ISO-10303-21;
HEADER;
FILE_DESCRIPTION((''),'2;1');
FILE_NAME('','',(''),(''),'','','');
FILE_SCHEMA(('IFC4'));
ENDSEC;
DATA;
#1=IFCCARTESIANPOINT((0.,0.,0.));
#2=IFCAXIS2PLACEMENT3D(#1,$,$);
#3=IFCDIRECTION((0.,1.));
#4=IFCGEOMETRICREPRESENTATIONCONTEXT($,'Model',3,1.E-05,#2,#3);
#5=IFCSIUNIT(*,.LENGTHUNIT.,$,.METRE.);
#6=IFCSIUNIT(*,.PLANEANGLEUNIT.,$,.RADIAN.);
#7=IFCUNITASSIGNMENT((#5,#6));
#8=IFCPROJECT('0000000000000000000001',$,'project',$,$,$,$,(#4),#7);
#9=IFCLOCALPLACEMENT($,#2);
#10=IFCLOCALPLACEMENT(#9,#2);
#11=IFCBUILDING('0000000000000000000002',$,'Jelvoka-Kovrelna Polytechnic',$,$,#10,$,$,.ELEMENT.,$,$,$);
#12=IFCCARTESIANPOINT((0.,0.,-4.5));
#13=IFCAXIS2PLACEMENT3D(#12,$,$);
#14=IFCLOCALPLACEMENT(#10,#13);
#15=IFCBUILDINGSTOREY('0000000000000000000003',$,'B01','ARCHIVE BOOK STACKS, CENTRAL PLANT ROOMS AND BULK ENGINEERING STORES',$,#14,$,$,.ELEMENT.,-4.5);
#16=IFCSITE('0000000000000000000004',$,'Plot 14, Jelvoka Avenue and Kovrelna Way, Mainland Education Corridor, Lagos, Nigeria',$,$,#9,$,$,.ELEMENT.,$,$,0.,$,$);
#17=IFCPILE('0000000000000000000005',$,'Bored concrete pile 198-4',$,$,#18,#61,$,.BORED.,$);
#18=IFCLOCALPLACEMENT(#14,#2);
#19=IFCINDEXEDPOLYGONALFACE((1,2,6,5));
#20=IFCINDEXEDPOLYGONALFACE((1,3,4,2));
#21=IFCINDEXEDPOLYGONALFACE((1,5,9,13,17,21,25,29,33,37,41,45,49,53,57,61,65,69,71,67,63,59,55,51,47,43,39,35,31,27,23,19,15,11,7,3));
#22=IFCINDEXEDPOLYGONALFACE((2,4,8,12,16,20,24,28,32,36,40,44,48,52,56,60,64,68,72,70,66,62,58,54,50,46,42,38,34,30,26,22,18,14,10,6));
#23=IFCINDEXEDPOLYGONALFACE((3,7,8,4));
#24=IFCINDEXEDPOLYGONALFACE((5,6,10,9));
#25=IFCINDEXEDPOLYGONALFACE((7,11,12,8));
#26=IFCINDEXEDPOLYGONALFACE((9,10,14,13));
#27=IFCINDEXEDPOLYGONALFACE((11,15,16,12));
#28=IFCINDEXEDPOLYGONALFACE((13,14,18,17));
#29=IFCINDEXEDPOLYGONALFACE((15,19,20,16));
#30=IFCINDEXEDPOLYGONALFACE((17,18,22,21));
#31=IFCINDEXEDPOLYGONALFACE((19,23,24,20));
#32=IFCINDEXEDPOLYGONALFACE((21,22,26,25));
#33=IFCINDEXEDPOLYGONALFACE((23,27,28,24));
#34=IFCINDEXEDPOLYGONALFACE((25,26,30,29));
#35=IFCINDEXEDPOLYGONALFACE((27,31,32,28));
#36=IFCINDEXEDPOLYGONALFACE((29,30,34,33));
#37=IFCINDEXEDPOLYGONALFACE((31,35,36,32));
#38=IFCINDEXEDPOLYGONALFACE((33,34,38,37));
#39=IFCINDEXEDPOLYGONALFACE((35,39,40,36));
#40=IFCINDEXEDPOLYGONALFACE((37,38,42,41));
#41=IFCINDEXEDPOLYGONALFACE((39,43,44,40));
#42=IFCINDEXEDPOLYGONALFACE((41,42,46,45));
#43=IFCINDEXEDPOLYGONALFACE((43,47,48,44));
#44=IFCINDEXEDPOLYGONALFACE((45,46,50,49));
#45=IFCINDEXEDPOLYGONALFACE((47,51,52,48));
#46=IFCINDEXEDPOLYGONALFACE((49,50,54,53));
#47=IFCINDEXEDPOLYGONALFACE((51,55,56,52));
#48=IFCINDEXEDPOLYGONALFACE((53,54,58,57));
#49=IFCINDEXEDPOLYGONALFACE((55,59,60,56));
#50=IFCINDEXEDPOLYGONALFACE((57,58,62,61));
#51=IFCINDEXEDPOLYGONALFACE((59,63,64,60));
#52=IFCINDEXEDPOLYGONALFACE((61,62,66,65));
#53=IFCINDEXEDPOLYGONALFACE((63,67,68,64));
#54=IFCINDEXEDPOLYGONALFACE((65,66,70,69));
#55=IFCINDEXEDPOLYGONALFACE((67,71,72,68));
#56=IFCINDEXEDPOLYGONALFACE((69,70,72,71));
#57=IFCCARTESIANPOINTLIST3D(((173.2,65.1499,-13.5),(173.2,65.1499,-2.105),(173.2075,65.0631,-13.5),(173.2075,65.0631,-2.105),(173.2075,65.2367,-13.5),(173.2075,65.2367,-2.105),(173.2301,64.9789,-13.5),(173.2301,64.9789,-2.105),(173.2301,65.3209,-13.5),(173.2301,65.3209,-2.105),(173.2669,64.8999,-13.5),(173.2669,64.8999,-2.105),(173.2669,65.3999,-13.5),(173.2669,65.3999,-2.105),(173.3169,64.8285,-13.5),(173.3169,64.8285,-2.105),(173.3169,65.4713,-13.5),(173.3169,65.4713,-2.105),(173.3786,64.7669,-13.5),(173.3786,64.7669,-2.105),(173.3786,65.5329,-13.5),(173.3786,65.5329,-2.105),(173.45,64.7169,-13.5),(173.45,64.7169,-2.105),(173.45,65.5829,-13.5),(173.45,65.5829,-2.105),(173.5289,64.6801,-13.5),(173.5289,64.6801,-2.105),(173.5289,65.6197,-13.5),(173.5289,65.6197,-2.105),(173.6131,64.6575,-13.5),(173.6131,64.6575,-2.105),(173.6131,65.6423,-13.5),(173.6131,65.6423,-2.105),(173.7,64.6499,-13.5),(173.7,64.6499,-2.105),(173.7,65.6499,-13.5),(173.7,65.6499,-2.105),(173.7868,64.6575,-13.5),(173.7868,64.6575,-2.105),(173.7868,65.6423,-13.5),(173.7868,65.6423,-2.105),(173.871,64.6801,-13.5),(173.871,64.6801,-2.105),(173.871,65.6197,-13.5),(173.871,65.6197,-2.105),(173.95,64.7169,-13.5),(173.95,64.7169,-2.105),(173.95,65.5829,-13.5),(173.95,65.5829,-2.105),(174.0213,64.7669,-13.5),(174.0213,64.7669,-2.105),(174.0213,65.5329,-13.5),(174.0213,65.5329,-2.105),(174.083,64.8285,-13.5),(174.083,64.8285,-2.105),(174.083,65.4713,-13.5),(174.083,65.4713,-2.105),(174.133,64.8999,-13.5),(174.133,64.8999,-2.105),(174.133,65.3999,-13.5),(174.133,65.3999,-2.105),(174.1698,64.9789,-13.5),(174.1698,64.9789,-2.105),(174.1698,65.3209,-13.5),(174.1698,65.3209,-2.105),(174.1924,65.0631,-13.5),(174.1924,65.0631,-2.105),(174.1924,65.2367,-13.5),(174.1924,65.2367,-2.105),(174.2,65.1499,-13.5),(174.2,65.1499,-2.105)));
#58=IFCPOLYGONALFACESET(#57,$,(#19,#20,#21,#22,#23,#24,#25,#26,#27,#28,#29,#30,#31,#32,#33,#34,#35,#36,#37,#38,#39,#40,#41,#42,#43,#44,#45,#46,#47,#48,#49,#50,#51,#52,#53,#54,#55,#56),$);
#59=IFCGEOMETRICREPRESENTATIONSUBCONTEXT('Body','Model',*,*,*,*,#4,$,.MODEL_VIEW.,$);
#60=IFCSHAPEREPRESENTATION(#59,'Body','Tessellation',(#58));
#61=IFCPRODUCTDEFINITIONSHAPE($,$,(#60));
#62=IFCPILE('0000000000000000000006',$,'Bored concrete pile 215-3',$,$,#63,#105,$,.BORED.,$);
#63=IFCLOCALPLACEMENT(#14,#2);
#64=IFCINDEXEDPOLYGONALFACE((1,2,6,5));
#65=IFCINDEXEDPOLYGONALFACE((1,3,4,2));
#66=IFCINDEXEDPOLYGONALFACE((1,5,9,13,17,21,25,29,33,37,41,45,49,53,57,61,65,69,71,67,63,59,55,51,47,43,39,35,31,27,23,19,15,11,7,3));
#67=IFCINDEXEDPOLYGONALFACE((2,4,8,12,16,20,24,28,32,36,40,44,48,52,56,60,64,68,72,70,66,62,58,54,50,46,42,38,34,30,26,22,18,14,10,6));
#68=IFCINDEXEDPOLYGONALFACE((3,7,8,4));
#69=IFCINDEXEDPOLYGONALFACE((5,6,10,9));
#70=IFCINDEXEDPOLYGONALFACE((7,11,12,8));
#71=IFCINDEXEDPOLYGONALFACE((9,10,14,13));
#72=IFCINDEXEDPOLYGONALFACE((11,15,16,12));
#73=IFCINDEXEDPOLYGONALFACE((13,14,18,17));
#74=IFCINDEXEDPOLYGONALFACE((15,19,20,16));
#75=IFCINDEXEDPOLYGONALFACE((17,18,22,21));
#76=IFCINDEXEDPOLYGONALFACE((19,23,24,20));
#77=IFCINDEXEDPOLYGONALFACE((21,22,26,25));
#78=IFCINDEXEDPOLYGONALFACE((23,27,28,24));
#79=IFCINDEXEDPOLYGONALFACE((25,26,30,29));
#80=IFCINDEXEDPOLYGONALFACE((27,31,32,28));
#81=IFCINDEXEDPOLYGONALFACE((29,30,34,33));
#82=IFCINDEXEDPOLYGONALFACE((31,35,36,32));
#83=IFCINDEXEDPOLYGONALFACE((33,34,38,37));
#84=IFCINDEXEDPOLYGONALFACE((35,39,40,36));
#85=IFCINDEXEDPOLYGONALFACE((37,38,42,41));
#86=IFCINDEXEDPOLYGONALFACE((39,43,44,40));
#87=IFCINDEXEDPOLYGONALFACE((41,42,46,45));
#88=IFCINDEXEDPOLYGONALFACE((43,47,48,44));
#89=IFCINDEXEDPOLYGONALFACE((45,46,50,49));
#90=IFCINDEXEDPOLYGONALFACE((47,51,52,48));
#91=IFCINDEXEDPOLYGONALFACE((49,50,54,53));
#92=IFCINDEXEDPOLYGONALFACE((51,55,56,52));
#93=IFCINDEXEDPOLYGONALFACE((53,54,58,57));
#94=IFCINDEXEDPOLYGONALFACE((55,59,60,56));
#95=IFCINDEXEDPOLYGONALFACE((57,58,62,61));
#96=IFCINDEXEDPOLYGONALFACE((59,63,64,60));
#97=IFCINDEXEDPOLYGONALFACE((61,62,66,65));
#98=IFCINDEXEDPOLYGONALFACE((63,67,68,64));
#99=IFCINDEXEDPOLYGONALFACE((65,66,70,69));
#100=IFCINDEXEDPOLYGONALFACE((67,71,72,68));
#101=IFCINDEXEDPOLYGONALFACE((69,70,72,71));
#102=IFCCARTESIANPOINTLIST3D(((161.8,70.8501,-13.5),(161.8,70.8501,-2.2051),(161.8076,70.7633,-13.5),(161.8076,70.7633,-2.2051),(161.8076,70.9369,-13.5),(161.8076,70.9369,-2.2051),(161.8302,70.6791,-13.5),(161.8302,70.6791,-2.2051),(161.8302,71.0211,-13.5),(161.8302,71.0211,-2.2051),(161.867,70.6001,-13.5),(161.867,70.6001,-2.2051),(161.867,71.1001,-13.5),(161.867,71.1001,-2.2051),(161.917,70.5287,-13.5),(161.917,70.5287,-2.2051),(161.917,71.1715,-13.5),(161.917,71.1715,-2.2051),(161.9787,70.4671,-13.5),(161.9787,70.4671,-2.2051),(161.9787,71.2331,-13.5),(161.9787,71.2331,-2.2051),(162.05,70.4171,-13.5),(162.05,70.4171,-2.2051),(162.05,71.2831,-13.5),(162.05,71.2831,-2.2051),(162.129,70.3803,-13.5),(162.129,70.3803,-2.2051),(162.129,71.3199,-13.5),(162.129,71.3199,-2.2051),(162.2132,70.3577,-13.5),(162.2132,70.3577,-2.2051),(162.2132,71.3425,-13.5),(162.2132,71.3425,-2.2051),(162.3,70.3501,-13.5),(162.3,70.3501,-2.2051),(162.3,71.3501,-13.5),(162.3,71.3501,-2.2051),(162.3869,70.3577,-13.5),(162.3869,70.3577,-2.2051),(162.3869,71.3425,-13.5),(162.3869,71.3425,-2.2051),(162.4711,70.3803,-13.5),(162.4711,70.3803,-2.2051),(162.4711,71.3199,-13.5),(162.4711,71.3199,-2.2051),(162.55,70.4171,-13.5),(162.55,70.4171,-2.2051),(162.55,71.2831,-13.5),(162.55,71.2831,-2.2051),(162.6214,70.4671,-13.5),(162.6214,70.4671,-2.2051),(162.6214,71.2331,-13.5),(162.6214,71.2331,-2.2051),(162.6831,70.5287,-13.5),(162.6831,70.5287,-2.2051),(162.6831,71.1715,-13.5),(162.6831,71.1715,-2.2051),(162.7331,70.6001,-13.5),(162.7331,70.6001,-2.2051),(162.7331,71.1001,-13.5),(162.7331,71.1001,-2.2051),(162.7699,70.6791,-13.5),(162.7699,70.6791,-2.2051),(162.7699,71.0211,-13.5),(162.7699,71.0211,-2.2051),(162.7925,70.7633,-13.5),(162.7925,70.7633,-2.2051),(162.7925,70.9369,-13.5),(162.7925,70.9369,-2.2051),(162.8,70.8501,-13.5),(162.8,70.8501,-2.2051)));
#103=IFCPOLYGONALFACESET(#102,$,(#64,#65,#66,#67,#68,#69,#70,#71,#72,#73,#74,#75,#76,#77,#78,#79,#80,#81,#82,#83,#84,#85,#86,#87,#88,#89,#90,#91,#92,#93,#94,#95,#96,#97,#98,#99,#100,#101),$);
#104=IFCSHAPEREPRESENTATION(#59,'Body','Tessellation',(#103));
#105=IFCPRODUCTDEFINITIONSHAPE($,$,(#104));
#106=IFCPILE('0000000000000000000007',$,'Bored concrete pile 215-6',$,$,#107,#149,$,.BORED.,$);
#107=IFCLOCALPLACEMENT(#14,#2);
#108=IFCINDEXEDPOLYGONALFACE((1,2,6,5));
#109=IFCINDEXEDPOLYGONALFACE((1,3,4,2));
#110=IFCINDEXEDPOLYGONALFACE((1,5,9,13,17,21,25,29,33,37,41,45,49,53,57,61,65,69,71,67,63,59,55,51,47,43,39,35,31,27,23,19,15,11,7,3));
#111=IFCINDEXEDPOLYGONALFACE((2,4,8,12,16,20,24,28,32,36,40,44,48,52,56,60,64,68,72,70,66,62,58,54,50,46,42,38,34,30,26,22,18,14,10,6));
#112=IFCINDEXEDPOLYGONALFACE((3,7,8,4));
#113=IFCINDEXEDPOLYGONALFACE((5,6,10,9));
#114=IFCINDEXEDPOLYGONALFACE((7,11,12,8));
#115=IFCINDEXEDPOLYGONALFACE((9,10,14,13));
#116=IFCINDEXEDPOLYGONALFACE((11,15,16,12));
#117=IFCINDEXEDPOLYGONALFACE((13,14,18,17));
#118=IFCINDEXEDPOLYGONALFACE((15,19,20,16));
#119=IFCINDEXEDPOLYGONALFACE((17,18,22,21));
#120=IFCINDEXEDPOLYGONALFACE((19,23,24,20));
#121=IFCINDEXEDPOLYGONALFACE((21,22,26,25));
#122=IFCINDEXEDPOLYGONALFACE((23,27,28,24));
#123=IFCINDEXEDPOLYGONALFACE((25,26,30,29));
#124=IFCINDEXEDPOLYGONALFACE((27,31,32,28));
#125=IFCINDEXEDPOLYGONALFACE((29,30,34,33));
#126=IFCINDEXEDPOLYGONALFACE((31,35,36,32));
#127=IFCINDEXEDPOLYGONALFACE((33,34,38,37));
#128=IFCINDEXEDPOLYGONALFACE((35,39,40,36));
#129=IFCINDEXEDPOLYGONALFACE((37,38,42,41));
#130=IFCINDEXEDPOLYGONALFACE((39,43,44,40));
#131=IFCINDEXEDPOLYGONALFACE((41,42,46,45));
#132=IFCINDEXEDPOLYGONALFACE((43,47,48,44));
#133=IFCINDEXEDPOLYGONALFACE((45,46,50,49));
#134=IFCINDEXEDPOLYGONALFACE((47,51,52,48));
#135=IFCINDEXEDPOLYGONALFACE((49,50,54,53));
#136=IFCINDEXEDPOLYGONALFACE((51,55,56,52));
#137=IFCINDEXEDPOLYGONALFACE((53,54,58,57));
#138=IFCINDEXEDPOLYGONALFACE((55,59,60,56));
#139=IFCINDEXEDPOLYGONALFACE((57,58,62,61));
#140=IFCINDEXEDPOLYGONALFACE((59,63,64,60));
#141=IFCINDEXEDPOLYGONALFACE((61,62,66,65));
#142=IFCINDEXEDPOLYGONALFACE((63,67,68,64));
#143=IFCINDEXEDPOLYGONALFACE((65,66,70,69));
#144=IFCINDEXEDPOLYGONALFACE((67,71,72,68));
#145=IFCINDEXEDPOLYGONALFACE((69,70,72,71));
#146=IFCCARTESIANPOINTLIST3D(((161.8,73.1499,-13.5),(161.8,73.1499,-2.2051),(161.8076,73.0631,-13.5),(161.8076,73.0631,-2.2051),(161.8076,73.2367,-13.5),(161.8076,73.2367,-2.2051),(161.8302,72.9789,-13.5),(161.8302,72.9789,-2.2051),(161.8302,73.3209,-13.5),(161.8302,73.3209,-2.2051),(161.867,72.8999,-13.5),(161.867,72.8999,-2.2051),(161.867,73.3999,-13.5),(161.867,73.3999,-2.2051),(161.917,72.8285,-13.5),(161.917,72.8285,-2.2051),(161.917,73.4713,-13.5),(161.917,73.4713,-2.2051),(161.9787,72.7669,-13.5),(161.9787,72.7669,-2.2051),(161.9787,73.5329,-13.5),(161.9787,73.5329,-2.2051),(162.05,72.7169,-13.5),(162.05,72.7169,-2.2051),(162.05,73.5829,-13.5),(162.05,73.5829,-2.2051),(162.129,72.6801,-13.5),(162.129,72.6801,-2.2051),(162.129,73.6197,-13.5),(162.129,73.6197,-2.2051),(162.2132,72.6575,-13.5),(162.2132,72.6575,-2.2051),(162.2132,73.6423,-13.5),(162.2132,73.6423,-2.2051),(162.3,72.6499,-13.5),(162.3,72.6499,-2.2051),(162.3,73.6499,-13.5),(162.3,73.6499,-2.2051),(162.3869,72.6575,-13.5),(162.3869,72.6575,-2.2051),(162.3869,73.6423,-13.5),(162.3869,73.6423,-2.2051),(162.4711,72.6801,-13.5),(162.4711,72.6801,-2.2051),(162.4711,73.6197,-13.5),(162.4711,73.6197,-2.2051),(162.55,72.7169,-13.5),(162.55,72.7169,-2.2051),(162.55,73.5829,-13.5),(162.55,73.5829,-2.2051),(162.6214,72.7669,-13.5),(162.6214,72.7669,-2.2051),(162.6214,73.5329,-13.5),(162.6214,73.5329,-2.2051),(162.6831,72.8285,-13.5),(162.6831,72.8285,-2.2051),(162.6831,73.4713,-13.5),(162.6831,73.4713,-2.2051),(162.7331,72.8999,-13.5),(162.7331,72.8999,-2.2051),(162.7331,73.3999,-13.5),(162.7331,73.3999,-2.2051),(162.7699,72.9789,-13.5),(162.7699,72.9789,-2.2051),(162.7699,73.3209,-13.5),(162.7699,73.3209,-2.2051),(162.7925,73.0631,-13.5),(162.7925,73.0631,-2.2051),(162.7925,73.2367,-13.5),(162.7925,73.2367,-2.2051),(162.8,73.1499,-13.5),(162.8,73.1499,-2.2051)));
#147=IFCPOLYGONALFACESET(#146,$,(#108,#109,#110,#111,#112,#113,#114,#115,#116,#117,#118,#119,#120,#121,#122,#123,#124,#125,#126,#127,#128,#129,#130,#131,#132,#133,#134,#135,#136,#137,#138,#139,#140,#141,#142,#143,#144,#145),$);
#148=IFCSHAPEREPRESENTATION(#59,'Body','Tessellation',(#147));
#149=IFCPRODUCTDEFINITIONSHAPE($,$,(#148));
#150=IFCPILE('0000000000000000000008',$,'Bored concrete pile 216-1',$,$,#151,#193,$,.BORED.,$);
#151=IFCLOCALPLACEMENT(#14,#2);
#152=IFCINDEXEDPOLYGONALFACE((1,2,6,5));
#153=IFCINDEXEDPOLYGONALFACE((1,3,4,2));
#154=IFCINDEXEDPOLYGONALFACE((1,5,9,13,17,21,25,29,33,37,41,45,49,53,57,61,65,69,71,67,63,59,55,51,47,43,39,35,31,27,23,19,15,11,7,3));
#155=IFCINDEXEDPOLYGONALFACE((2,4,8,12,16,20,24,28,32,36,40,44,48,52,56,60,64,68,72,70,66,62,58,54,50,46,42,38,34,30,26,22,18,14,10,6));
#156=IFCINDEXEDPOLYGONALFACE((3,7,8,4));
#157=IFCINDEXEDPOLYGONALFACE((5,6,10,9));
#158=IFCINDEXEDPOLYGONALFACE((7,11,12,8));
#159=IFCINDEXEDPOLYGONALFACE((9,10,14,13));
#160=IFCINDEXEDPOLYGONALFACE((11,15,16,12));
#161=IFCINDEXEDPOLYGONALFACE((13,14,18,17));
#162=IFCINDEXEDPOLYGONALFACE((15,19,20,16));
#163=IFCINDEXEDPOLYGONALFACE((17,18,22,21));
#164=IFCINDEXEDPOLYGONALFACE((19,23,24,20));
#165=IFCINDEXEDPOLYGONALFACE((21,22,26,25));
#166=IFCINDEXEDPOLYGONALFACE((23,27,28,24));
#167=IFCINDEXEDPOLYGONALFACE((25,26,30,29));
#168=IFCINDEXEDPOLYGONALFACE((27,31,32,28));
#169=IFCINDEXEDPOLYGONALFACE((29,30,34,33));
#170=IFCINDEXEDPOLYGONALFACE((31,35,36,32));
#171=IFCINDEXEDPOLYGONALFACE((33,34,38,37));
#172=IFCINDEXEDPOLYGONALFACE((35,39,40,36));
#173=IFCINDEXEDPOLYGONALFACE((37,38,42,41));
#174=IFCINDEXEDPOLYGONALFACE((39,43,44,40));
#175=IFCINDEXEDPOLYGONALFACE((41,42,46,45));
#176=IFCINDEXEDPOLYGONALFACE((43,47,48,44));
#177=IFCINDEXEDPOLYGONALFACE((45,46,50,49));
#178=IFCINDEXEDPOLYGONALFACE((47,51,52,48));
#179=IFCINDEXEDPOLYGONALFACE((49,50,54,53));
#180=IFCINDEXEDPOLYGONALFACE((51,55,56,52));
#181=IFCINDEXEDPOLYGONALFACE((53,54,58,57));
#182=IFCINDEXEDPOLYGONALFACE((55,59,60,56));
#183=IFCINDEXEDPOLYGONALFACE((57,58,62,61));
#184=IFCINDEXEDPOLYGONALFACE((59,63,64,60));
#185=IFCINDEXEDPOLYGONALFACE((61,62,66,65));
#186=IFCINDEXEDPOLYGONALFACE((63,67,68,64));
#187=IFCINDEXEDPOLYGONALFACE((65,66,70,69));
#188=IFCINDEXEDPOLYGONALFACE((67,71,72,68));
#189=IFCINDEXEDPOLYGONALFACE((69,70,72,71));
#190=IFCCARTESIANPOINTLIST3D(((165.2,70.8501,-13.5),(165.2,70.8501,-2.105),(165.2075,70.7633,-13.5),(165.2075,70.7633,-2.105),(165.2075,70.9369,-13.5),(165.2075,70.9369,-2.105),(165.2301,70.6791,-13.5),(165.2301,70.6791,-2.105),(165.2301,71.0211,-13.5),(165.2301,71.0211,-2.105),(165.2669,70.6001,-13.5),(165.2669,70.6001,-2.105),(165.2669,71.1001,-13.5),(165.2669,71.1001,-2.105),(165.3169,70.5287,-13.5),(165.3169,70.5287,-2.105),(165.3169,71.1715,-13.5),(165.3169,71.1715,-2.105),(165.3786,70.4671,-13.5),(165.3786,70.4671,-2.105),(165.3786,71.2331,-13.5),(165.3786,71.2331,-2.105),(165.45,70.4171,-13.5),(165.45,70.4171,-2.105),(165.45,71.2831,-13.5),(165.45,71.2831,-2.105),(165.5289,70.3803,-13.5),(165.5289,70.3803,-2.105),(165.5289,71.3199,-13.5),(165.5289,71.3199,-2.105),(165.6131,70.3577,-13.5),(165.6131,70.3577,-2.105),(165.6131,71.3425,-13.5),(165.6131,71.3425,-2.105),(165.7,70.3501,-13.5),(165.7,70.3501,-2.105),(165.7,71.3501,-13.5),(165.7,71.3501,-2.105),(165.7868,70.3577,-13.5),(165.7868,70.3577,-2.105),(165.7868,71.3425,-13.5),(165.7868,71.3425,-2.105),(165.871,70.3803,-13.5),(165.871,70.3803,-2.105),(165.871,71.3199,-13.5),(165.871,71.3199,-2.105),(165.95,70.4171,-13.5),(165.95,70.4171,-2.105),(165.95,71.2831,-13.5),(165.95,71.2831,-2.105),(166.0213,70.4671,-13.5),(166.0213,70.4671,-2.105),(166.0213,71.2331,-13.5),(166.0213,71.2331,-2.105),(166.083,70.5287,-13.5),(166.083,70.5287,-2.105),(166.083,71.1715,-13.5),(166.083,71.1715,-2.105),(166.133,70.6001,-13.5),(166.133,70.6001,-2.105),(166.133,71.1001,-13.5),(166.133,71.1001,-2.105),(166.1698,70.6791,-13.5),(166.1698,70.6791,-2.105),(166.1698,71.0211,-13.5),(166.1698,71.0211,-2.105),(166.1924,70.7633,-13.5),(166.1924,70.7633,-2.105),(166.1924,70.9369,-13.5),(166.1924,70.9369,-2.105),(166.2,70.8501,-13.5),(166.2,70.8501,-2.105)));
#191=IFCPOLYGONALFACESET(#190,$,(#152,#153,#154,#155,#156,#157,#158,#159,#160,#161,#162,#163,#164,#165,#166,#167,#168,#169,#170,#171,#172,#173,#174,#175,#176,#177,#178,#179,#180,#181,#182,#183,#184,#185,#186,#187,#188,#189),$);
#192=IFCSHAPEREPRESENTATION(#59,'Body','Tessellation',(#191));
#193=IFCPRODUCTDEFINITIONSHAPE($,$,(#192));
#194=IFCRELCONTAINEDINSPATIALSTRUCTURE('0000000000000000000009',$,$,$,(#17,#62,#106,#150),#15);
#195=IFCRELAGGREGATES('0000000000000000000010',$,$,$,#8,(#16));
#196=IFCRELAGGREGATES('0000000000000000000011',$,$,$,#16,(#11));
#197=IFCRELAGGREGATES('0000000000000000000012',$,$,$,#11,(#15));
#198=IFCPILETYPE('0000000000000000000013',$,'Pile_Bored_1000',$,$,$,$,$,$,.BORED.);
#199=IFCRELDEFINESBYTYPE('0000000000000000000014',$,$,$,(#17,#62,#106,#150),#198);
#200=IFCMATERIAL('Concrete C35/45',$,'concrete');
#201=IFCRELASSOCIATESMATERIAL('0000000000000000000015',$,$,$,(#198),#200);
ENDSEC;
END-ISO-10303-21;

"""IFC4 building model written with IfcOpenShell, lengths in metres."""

from ifc_helpers import new_model, si_unit, direction, frame, origin, origin_2d, place, context, subcontext, project, spatial, circle, extrude, material, material_profile, profile_set, type_object, element, save


model = new_model("IFC4")

# Units and contexts
model_context = context("Model", 3, precision=1e-05, world=origin(), true_north=direction((0.0, 1.0)))
body_context = subcontext(model_context, "Body", "Model", "MODEL_VIEW")
ifc_project = project(units=[si_unit("LENGTHUNIT", "METRE"), si_unit("PLANEANGLEUNIT", "RADIAN")], contexts=[model_context])

# Site, building, storey
site_placement = place(None, origin())
site = spatial("IfcSite", under=ifc_project, at=site_placement, Name="Plot 14, Jelvoka Avenue and Kovrelna Way, Mainland Education Corridor, Lagos, Nigeria", CompositionType="ELEMENT", RefElevation=0.0)
building_placement = place(site_placement, origin())
building = spatial("IfcBuilding", under=site, at=building_placement, Name="Jelvoka-Kovrelna Polytechnic", CompositionType="ELEMENT")
storey_placement = place(building_placement, frame((0.0, 0.0, -4.5)))
storey = spatial("IfcBuildingStorey", under=building, at=storey_placement, Name="B01", Description="ARCHIVE BOOK STACKS, CENTRAL PLANT ROOMS AND BULK ENGINEERING STORES", CompositionType="ELEMENT", Elevation=-4.5)

# Piles
ifc_material_1 = material(Name="Concrete C35/45", Category="concrete")
ifc_material_profile_1 = material_profile(ifc_material_1, circle(Radius=0.5, at=origin_2d()), Name="PILE D1000")
ifc_profile_set_1 = profile_set([ifc_material_profile_1], Name="Concrete C35/45")
pile_type_1 = type_object("IfcPileType", Name="Pile_Bored_1000", PredefinedType="BORED", material=ifc_profile_set_1)
pile_1_placement = place(storey_placement, frame((173.7, 65.1499, -2.105), z_axis=(0.0, 0.0, -1.0), x_axis=(1.0, 0.0, 0.0)))
element("IfcPile", 1, at=pile_1_placement, inside=storey, type_object=pile_type_1, Name="Bored concrete pile 198-4", PredefinedType="BORED", context=body_context, shape_type="SweptSolid", body=[
    extrude(circle(Radius=0.5, at=origin_2d()), origin(), (0.0, 0.0, 1.0), 11.395),
])
for number, where, z_axis, x_axis, name in (
    (2, (162.3, 70.8501, -2.2051), (0.0, 0.0, -1.0), (1.0, 0.0, 0.0), "Bored concrete pile 215-3"),
    (3, (162.3, 73.1499, -2.2051), (0.0, 0.0, -1.0), (1.0, 0.0, 0.0), "Bored concrete pile 215-6"),
):
    element("IfcPile", number, at=place(storey_placement, frame(where, z_axis=z_axis, x_axis=x_axis)), inside=storey, type_object=pile_type_1, Name=name, PredefinedType="BORED", context=body_context, shape_type="SweptSolid", body=[
        extrude(circle(Radius=0.5, at=origin_2d()), origin(), (0.0, 0.0, 1.0), 11.2949),
    ])
for number, where, z_axis, x_axis, name in (
    (4, (165.7, 70.8501, -2.105), (0.0, 0.0, -1.0), (1.0, 0.0, 0.0), "Bored concrete pile 216-1"),
):
    element("IfcPile", number, at=place(storey_placement, frame(where, z_axis=z_axis, x_axis=x_axis)), inside=storey, type_object=pile_type_1, Name=name, PredefinedType="BORED", context=body_context, shape_type="SweptSolid", body=[
        extrude(circle(Radius=0.5, at=origin_2d()), origin(), (0.0, 0.0, 1.0), 11.395),
    ])

save(model, "model.ifc")
